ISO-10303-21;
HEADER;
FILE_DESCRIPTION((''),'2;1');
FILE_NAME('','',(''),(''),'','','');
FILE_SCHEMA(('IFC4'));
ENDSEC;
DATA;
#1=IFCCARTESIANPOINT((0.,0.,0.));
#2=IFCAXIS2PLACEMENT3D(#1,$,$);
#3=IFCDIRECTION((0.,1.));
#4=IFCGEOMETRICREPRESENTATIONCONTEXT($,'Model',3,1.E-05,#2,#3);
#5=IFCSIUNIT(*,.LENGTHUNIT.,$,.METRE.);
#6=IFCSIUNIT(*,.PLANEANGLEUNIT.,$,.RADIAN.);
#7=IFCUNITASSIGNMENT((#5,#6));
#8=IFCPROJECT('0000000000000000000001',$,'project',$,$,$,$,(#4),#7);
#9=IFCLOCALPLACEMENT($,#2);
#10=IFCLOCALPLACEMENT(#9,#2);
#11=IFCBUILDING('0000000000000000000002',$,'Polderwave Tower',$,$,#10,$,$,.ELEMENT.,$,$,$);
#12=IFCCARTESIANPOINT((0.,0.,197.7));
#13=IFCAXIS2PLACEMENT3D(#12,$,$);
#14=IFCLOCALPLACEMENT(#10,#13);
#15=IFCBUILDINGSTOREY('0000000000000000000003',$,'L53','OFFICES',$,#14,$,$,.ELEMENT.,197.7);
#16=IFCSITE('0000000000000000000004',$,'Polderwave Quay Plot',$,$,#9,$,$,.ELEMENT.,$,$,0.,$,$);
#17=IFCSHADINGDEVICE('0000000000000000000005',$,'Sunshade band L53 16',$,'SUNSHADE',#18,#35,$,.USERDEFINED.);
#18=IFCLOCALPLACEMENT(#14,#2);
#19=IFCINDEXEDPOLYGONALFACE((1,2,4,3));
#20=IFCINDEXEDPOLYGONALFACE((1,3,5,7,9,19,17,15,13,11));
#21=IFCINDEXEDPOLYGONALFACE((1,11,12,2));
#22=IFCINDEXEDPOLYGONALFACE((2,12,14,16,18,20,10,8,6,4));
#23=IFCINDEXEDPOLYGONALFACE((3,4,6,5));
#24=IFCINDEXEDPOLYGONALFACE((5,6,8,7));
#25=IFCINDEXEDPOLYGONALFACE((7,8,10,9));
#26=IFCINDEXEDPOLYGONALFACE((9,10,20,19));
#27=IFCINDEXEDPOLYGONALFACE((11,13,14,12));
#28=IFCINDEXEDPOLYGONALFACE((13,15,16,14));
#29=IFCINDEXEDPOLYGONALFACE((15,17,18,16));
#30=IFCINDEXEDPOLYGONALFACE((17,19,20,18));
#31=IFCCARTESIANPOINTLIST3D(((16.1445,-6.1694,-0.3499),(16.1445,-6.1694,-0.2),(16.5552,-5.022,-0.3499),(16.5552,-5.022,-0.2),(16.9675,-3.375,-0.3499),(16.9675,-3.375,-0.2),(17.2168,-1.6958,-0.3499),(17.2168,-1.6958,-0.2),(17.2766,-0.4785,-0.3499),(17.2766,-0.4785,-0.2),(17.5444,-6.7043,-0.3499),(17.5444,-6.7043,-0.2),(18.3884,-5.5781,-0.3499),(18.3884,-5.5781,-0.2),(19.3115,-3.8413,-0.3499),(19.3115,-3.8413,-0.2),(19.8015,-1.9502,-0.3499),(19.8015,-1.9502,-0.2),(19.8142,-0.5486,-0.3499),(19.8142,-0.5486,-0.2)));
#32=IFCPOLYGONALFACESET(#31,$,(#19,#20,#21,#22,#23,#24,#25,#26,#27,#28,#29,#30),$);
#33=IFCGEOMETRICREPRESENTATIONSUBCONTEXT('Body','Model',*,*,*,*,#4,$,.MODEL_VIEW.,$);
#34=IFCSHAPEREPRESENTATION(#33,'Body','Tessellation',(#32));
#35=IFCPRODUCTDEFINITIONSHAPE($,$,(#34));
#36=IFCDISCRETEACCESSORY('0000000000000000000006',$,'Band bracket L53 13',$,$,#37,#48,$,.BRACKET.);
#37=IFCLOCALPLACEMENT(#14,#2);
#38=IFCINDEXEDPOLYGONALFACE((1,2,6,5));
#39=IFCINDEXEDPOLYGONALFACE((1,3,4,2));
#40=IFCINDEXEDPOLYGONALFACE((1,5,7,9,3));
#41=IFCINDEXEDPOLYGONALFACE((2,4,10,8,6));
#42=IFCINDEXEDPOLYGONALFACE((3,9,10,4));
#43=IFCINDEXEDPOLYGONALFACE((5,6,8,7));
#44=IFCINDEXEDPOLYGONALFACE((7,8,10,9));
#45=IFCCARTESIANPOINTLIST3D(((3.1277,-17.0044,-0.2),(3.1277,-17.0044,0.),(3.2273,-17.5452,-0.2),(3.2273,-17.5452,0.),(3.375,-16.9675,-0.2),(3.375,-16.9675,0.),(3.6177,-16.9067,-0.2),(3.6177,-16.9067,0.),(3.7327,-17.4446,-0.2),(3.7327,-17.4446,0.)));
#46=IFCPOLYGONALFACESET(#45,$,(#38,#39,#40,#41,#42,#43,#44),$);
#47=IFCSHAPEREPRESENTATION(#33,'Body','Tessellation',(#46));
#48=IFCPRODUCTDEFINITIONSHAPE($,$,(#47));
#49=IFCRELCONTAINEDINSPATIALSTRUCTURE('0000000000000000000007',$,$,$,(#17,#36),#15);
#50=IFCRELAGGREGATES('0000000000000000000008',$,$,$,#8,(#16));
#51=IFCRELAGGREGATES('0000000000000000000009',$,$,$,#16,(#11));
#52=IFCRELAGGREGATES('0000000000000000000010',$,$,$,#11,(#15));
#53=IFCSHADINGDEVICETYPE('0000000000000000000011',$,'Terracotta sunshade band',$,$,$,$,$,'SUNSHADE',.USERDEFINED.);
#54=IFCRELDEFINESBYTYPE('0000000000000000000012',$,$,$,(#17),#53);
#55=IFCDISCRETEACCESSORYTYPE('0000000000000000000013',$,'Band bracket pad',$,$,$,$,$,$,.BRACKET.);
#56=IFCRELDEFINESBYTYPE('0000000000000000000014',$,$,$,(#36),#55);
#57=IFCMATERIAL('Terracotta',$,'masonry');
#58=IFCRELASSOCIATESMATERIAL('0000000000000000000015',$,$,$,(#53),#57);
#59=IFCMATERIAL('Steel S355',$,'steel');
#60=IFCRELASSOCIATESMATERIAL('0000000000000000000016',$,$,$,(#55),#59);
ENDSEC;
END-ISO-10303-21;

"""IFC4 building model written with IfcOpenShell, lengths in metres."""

from ifc_helpers import new_model, si_unit, direction, frame, origin, place, context, subcontext, project, spatial, polyline, outline, extrude, material, type_object, element, save


model = new_model("IFC4")

# Units and contexts
model_context = context("Model", 3, precision=1e-05, world=origin(), true_north=direction((0.0, 1.0)))
body_context = subcontext(model_context, "Body", "Model", "MODEL_VIEW")
ifc_project = project(units=[si_unit("LENGTHUNIT", "METRE"), si_unit("PLANEANGLEUNIT", "RADIAN")], contexts=[model_context])

# Site, building, storey
site_placement = place(None, origin())
site = spatial("IfcSite", under=ifc_project, at=site_placement, Name="Polderwave Quay Plot", CompositionType="ELEMENT", RefElevation=0.0)
building_placement = place(site_placement, origin())
building = spatial("IfcBuilding", under=site, at=building_placement, Name="Polderwave Tower", CompositionType="ELEMENT")
storey_placement = place(building_placement, frame((0.0, 0.0, 197.7)))
storey = spatial("IfcBuildingStorey", under=building, at=storey_placement, Name="L53", Description="OFFICES", CompositionType="ELEMENT", Elevation=197.7)

# Shading device
ifc_material_1 = material(Name="Terracotta", Category="masonry")
shading_device_type = type_object("IfcShadingDeviceType", Name="Terracotta sunshade band", ElementType="SUNSHADE", PredefinedType="USERDEFINED", material=ifc_material_1)
shading_device_1_placement = place(storey_placement, frame((0.0, 0.0, -0.3499)))
element("IfcShadingDevice", 1, at=shading_device_1_placement, inside=storey, type_object=shading_device_type, Name="Sunshade band L53 16", ObjectType="SUNSHADE", PredefinedType="USERDEFINED", context=body_context, shape_type="SweptSolid", body=[
    extrude(outline(polyline([(16.1445, -6.1694), (16.5552, -5.022), (16.9675, -3.375), (17.2168, -1.6958), (17.2766, -0.4785), (19.8142, -0.5486), (19.8015, -1.9502), (19.3115, -3.8413), (18.3884, -5.5781), (17.5444, -6.7043), (16.1445, -6.1694)])), origin(), (0.0, 0.0, 1.0), 0.1499),
])

# Discrete accessory
ifc_material_2 = material(Name="Steel S355", Category="steel")
discrete_accessory_type = type_object("IfcDiscreteAccessoryType", Name="Band bracket pad", PredefinedType="BRACKET", material=ifc_material_2)
discrete_accessory_placement = place(storey_placement, frame((0.0, 0.0, -0.2)))
element("IfcDiscreteAccessory", 2, at=discrete_accessory_placement, inside=storey, type_object=discrete_accessory_type, Name="Band bracket L53 13", PredefinedType="BRACKET", context=body_context, shape_type="SweptSolid", body=[
    extrude(outline(polyline([(3.1277, -17.0044), (3.375, -16.9675), (3.6177, -16.9067), (3.7327, -17.4446), (3.2273, -17.5452), (3.1277, -17.0044)])), origin(), (0.0, 0.0, 1.0), 0.2),
])

save(model, "model.ifc")
